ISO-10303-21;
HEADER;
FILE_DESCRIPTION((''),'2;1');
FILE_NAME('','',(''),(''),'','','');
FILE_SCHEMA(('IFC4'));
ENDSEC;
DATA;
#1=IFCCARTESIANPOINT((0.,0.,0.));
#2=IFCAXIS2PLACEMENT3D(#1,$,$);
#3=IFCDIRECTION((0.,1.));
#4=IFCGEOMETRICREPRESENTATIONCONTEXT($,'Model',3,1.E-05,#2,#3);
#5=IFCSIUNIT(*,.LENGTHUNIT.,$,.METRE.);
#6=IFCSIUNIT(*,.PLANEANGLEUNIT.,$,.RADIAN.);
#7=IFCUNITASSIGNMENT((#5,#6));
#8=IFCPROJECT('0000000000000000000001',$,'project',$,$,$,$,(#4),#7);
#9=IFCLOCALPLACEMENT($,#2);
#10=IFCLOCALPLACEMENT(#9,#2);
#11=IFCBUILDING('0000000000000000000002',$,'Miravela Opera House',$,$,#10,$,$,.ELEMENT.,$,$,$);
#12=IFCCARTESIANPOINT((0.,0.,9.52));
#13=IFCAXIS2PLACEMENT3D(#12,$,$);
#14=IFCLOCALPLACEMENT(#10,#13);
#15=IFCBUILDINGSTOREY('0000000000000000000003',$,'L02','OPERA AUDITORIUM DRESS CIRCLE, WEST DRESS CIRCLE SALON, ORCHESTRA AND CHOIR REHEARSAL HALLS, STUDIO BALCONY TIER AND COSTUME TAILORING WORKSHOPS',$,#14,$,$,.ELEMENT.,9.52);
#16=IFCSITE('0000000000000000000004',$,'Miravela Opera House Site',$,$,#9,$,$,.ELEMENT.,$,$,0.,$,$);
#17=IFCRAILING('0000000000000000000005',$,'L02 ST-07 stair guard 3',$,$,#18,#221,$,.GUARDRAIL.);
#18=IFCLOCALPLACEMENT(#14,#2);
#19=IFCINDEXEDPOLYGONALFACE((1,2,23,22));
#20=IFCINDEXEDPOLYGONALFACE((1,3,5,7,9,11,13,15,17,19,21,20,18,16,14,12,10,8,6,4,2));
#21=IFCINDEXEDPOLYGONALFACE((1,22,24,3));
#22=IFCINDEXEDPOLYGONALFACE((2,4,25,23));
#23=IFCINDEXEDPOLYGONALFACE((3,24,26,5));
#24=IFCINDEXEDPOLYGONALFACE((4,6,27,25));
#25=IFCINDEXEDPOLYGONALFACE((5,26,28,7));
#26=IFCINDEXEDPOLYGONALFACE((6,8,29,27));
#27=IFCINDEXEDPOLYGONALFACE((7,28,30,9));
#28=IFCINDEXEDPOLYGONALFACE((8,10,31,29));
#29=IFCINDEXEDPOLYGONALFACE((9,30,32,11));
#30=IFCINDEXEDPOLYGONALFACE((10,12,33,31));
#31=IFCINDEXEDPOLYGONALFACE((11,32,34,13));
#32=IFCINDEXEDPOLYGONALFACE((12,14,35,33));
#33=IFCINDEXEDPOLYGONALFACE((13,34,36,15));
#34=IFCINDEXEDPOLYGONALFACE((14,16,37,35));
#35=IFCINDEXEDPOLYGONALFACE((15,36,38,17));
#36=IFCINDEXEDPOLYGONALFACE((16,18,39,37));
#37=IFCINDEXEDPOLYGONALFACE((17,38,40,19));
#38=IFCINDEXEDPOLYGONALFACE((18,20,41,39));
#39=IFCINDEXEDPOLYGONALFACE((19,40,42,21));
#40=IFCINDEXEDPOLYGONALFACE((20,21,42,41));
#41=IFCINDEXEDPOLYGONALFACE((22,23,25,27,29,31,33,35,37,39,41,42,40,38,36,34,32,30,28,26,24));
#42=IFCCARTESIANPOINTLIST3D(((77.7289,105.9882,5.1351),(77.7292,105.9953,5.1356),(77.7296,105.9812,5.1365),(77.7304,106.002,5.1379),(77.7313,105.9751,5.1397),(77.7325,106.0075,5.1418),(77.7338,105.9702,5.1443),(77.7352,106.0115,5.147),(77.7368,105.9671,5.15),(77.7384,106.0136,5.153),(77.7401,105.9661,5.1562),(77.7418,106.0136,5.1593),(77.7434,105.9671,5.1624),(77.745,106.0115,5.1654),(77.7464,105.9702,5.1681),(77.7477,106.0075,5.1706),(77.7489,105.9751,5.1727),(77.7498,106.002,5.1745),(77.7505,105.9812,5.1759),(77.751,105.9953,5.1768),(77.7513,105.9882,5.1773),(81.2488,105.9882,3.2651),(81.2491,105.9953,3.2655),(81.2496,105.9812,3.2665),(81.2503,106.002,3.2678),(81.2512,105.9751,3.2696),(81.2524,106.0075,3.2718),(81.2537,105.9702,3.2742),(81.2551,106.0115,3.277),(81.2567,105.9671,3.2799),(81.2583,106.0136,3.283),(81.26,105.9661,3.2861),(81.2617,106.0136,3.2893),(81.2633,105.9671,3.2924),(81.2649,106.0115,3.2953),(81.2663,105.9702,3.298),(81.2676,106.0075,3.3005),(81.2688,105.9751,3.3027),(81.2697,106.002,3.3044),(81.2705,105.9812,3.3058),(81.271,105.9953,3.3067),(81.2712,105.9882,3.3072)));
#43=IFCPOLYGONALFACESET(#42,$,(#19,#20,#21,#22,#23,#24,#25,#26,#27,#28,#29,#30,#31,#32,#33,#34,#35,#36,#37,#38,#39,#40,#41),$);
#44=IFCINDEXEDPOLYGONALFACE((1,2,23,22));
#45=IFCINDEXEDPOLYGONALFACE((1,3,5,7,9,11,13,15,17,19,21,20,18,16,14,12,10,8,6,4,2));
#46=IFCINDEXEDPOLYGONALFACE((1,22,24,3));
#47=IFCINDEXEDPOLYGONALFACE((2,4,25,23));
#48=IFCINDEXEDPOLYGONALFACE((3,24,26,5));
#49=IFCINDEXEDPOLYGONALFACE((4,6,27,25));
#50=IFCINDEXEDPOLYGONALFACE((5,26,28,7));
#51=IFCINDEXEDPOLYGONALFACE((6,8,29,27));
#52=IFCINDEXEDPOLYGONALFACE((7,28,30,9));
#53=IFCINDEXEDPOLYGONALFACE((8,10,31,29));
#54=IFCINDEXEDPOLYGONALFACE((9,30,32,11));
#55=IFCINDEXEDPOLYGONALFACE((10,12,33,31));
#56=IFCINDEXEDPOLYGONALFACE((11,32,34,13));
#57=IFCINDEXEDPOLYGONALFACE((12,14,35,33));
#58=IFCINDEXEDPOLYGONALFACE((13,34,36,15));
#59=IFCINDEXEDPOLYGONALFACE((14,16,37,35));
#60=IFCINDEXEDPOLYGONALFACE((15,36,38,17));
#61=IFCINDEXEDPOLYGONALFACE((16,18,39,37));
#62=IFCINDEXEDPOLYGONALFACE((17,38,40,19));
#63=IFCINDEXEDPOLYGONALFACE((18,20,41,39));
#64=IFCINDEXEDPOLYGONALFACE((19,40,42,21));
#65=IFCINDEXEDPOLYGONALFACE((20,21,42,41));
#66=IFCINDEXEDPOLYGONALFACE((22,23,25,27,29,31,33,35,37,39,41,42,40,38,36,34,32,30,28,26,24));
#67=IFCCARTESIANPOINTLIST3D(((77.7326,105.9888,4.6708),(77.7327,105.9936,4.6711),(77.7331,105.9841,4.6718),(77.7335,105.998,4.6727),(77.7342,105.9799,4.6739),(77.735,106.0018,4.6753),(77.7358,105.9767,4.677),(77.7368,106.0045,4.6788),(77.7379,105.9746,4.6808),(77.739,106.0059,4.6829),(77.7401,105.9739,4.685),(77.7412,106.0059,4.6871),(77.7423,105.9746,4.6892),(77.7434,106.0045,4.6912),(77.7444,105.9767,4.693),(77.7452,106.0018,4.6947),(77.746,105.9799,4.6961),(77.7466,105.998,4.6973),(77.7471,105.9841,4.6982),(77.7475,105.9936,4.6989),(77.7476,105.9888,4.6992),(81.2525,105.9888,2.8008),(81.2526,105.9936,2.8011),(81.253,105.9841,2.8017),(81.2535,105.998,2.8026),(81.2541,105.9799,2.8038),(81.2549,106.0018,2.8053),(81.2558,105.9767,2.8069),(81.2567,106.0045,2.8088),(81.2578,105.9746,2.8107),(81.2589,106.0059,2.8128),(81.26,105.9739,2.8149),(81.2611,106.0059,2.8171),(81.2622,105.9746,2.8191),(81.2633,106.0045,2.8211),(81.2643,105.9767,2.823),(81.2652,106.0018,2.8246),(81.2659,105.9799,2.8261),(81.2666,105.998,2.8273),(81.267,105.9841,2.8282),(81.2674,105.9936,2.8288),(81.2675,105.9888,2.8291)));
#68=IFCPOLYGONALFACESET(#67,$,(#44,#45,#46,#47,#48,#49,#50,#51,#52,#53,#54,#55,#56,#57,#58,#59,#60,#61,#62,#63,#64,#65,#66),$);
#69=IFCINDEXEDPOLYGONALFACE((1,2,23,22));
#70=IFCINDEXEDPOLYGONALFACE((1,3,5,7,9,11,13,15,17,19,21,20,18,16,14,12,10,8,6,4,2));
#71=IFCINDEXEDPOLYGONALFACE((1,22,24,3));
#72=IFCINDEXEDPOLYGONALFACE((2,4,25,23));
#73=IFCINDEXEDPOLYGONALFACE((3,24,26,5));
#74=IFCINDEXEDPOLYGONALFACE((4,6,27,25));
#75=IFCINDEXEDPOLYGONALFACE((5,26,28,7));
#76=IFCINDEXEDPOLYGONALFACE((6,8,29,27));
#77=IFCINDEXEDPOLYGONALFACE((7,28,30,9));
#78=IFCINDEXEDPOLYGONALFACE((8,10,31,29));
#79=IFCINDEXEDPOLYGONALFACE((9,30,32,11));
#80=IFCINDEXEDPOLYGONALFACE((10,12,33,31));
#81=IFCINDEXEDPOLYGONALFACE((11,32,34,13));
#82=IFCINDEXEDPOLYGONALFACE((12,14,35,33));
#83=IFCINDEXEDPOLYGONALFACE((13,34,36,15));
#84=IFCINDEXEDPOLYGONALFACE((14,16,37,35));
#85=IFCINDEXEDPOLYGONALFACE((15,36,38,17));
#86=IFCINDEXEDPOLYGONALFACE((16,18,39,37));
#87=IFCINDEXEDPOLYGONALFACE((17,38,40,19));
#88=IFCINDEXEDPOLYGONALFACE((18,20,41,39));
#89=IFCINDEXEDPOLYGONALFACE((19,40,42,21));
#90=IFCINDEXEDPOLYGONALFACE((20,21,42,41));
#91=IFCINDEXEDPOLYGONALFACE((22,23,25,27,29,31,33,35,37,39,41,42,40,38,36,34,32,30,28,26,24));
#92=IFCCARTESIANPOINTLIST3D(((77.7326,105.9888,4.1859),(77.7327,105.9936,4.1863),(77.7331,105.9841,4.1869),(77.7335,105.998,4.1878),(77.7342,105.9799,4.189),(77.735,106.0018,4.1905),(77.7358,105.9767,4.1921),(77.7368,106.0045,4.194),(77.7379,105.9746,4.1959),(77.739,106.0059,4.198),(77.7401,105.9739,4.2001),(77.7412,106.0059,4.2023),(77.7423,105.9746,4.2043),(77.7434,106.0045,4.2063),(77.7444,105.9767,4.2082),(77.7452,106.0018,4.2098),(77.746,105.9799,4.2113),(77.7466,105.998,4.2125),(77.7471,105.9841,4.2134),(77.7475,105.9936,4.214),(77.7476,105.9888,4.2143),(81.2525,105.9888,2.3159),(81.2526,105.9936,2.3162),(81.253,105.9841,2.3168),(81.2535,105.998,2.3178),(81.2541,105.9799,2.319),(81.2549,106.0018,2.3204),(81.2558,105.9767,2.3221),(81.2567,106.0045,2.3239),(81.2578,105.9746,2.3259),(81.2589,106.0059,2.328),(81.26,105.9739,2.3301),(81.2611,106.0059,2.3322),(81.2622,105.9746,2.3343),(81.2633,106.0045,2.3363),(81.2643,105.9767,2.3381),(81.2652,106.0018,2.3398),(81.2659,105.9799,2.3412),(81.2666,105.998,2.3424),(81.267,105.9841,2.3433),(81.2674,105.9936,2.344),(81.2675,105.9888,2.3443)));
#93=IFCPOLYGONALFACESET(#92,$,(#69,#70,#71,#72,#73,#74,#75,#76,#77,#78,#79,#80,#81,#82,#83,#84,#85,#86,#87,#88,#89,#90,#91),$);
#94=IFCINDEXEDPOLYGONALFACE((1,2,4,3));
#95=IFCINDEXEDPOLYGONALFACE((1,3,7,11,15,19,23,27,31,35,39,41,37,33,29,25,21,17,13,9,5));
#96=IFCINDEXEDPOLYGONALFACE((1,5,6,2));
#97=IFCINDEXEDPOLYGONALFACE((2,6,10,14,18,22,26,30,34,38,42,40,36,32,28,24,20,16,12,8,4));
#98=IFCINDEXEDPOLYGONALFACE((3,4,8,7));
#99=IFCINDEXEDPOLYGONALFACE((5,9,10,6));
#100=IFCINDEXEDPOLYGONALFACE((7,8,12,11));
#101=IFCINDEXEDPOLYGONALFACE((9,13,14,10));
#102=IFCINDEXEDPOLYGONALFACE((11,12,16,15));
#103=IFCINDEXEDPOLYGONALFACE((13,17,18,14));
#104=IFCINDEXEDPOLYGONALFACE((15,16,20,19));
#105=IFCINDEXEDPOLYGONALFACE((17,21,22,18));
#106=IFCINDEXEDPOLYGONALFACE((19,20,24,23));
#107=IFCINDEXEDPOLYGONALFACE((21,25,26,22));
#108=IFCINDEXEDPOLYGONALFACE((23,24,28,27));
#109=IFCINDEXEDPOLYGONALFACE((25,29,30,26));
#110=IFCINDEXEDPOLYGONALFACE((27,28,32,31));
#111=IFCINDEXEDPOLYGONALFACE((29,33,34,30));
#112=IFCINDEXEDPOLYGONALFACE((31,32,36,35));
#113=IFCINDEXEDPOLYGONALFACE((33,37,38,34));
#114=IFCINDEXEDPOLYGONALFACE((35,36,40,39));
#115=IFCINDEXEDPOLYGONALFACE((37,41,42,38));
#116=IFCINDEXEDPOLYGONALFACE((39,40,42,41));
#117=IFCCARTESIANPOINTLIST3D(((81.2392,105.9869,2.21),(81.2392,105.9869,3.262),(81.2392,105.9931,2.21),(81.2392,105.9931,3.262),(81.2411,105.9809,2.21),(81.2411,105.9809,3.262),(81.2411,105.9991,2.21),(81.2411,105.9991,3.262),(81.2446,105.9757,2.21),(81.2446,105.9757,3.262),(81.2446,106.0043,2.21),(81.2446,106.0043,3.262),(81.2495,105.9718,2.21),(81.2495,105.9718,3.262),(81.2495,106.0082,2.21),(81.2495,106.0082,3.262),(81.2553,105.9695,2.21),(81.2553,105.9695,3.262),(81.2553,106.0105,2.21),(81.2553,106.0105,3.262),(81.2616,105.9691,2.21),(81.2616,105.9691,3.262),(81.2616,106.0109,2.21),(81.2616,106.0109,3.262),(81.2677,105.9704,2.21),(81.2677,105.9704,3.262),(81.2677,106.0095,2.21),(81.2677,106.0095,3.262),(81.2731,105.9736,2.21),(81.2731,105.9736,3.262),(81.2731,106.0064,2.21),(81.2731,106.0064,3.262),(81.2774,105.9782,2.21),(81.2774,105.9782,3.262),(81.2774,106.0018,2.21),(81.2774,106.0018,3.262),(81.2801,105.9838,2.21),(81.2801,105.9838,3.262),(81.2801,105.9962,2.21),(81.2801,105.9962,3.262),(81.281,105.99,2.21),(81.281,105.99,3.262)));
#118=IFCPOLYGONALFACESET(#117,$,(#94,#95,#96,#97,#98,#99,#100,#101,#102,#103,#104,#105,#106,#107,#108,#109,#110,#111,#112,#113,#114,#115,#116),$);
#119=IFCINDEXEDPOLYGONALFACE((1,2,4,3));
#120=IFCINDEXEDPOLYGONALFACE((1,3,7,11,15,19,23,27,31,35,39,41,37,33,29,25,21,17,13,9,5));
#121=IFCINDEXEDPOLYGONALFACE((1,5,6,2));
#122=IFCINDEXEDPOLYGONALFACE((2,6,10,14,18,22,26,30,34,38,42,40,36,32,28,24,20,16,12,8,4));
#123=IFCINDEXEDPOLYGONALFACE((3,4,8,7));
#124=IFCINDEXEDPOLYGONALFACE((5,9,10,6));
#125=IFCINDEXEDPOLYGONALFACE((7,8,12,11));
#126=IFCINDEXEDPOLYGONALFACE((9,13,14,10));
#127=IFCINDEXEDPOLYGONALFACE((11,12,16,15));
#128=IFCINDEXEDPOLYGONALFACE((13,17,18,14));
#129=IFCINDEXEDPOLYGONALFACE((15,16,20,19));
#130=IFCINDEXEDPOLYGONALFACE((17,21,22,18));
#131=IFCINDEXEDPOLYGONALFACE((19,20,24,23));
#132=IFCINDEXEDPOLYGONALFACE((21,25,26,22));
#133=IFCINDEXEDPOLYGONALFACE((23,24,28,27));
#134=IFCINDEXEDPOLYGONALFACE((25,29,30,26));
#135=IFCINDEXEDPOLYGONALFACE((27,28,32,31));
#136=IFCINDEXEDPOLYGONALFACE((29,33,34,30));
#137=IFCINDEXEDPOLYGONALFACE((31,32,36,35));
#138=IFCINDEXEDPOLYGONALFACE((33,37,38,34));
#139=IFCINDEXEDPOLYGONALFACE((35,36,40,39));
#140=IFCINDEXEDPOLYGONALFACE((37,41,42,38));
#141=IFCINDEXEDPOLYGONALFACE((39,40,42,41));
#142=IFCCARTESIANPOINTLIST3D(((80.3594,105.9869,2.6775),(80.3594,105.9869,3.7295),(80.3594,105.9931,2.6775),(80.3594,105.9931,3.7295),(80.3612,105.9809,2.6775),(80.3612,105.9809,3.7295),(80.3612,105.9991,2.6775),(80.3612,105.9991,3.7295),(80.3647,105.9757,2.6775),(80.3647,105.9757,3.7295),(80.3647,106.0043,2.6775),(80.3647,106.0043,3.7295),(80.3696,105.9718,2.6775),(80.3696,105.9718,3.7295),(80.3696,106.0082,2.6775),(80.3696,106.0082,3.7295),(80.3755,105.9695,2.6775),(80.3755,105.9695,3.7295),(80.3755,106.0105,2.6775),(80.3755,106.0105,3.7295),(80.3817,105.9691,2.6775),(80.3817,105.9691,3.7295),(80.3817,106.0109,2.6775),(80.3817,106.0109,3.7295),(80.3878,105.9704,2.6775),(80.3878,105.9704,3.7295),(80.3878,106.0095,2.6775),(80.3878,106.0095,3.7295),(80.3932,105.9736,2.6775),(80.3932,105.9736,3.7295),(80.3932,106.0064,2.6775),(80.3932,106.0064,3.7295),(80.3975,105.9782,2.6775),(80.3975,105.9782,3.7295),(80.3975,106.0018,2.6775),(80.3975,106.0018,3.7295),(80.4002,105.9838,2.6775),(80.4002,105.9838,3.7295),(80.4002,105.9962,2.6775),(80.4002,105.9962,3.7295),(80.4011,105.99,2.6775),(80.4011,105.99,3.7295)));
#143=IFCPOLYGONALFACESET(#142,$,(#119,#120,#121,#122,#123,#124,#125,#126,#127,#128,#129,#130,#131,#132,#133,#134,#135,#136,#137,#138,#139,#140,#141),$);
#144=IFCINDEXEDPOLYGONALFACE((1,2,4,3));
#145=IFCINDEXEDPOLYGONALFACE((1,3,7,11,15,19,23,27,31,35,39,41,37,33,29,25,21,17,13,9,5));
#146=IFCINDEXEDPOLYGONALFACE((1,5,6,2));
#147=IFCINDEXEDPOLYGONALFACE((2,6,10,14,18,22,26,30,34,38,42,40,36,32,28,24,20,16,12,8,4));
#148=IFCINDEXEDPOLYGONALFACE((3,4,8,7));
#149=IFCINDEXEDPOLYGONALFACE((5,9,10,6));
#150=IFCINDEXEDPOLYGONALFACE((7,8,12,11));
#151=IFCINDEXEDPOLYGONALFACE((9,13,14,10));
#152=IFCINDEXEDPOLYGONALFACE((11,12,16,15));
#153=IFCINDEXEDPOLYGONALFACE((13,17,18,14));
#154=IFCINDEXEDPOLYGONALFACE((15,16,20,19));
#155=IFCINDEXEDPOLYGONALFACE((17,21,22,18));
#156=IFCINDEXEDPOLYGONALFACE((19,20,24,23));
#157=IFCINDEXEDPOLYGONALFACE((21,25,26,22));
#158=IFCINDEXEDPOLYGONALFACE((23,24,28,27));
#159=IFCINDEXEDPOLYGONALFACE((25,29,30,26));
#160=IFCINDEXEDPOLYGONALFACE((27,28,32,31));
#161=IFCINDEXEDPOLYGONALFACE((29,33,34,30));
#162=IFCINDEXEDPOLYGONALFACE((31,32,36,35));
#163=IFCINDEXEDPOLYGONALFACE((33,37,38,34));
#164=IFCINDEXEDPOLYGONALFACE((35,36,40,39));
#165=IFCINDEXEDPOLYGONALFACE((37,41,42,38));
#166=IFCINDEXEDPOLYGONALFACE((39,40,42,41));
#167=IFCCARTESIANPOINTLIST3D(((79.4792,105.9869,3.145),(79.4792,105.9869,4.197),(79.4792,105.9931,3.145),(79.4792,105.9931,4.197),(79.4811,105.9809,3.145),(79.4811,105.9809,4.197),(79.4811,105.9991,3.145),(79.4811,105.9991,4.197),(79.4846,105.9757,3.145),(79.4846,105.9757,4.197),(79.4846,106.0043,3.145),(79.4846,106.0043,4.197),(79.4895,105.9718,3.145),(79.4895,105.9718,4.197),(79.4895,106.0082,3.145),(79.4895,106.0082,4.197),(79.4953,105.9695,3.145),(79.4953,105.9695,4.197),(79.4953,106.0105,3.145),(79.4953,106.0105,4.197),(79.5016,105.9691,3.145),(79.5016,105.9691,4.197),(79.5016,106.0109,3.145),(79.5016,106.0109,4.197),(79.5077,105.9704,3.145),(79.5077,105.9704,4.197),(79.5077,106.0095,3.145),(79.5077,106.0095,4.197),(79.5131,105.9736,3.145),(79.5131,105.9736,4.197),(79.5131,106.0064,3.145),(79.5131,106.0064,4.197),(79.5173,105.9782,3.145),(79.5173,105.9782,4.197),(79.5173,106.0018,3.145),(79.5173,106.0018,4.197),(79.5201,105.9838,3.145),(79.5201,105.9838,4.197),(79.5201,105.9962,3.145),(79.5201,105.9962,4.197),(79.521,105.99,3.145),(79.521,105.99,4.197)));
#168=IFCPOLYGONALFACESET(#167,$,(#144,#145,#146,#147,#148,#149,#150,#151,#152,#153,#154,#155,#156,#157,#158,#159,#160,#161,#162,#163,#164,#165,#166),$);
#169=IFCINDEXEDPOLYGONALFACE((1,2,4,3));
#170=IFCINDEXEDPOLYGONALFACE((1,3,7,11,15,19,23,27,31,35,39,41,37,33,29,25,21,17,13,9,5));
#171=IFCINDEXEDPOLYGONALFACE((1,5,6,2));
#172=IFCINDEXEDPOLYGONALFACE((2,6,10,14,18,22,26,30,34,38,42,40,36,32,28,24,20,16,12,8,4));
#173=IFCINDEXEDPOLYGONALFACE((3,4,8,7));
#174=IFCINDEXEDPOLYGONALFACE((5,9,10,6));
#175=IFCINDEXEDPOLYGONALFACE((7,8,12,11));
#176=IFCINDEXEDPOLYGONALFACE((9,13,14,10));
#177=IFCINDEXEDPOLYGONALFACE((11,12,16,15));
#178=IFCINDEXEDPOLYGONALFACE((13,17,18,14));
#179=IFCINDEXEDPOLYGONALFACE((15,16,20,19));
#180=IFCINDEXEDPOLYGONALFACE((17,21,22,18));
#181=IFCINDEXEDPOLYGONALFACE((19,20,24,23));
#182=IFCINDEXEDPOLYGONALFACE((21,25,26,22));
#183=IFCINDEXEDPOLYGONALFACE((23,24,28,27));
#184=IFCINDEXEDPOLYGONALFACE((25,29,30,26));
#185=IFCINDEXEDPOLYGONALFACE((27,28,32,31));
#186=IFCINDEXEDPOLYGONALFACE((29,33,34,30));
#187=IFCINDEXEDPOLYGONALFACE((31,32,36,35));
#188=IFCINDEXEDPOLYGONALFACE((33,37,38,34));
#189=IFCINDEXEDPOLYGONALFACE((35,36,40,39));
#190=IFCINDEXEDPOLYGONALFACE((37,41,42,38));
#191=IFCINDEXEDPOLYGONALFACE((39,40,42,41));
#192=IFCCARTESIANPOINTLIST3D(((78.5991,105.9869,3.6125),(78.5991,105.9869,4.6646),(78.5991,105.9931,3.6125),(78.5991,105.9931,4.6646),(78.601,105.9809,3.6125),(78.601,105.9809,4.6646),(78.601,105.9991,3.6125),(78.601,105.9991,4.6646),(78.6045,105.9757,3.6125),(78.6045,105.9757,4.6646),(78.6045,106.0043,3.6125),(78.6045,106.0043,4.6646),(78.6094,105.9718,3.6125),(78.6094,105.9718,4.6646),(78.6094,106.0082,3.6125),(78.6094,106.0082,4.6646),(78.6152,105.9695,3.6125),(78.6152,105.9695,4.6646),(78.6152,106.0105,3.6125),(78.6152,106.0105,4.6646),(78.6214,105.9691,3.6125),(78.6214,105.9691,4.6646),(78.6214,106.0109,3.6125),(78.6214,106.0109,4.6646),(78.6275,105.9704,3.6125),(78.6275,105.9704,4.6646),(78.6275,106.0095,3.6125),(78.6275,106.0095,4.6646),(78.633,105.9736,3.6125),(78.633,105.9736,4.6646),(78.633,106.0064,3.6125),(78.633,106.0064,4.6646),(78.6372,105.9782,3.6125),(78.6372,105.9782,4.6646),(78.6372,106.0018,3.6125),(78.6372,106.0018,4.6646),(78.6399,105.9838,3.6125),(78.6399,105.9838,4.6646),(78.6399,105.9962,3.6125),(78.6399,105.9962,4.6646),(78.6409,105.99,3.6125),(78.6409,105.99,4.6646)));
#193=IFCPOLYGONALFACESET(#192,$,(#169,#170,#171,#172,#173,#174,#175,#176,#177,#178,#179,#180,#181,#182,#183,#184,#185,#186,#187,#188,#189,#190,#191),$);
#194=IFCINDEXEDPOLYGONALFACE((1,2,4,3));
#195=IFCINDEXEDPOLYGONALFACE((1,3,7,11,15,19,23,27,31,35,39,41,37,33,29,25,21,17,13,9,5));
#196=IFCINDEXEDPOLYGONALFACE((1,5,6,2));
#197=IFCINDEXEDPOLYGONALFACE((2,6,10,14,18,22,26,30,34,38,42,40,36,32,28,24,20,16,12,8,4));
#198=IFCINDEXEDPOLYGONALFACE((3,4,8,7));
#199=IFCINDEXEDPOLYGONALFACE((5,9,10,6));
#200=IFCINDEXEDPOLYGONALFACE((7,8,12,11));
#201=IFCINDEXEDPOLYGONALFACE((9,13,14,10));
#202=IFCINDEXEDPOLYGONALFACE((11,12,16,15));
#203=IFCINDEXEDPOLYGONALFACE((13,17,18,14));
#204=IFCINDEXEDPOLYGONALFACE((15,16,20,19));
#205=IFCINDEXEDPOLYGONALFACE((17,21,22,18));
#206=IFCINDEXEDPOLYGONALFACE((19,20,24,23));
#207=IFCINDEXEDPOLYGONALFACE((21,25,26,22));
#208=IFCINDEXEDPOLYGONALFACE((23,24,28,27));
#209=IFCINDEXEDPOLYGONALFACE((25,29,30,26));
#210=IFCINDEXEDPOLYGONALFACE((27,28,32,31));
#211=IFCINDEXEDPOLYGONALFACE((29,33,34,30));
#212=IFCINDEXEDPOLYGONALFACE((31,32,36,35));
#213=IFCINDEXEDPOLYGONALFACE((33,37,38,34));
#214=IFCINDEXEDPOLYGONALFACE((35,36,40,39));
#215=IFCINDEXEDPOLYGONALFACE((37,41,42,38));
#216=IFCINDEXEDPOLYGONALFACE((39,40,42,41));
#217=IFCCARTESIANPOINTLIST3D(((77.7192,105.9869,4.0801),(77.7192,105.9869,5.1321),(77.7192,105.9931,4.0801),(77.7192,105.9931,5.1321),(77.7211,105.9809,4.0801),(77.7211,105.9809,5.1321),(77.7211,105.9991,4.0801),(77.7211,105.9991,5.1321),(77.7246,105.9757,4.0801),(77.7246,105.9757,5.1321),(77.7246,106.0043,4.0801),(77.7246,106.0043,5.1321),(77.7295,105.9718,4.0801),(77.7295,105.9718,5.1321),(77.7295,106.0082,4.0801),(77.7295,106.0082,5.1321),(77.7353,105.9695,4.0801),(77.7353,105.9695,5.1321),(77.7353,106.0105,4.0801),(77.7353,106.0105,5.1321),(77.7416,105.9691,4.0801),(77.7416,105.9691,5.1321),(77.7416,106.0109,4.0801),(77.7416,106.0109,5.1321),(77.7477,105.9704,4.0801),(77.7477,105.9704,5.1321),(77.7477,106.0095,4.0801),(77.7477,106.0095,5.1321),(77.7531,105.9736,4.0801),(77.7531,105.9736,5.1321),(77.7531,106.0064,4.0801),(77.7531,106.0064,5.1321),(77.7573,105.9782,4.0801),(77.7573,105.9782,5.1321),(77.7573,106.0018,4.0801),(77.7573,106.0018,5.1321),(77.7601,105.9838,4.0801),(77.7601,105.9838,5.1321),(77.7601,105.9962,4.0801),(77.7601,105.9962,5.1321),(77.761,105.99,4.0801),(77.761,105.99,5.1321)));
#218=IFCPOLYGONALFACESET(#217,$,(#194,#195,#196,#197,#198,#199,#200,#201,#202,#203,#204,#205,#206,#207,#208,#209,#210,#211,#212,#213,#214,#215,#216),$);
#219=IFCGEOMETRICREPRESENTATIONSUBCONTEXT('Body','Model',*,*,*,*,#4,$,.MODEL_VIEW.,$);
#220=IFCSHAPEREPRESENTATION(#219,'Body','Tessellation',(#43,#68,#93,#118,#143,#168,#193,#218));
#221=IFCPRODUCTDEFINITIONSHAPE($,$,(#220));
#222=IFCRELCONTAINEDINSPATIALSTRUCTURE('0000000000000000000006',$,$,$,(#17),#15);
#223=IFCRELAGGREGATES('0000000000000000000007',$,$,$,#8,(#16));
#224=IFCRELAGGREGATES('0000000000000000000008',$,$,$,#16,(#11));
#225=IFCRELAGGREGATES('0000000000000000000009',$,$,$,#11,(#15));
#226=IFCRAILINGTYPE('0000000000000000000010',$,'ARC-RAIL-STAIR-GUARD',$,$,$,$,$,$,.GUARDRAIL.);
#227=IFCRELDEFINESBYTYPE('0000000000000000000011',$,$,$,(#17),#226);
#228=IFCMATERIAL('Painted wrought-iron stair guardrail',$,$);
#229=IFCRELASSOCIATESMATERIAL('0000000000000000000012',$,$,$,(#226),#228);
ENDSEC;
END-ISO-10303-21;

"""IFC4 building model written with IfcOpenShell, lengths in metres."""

from ifc_helpers import new_model, si_unit, direction, frame, origin, origin_2d, place, context, subcontext, project, spatial, circle, extrude, material, type_object, element, save


model = new_model("IFC4")

# Units and contexts
model_context = context("Model", 3, precision=1e-05, world=origin(), true_north=direction((0.0, 1.0)))
body_context = subcontext(model_context, "Body", "Model", "MODEL_VIEW")
ifc_project = project(units=[si_unit("LENGTHUNIT", "METRE"), si_unit("PLANEANGLEUNIT", "RADIAN")], contexts=[model_context])

# Site, building, storey
site_placement = place(None, origin())
site = spatial("IfcSite", under=ifc_project, at=site_placement, Name="Miravela Opera House Site", CompositionType="ELEMENT", RefElevation=0.0)
building_placement = place(site_placement, origin())
building = spatial("IfcBuilding", under=site, at=building_placement, Name="Miravela Opera House", CompositionType="ELEMENT")
storey_placement = place(building_placement, frame((0.0, 0.0, 9.52)))
storey = spatial("IfcBuildingStorey", under=building, at=storey_placement, Name="L02", Description="OPERA AUDITORIUM DRESS CIRCLE, WEST DRESS CIRCLE SALON, ORCHESTRA AND CHOIR REHEARSAL HALLS, STUDIO BALCONY TIER AND COSTUME TAILORING WORKSHOPS", CompositionType="ELEMENT", Elevation=9.52)

# Railing
ifc_material_1 = material(Name="Painted wrought-iron stair guardrail")
railing_type_1 = type_object("IfcRailingType", Name="ARC-RAIL-STAIR-GUARD", PredefinedType="GUARDRAIL", material=ifc_material_1)
railing_1_placement = place(storey_placement, frame((81.26, 105.99, 2.21)))
element("IfcRailing", 1, at=railing_1_placement, inside=storey, type_object=railing_type_1, Name="L02 ST-07 stair guard 3", PredefinedType="GUARDRAIL", context=body_context, shape_type="SweptSolid", body=[
    extrude(circle(Radius=0.0239, at=origin_2d()), frame((0.0, 0.0, 1.0762), z_axis=(-0.883105, 0.0, 0.469176), x_axis=(0.0, -1.0, 0.0)), (0.0, 0.0, 1.0), 3.9858),
    extrude(circle(Radius=0.0161, at=origin_2d()), frame((0.0, 0.0, 0.605), z_axis=(-0.883105, 0.0, 0.469176), x_axis=(0.0, -1.0, 0.0)), (0.0, 0.0, 1.0), 3.9858),
    extrude(circle(Radius=0.0161, at=origin_2d()), frame((0.0, 0.0, 0.1201), z_axis=(-0.883105, 0.0, 0.469176), x_axis=(0.0, -1.0, 0.0)), (0.0, 0.0, 1.0), 3.9858),
    extrude(circle(Radius=0.021, at=origin_2d()), origin(), (0.0, 0.0, 1.0), 1.052),
    extrude(circle(Radius=0.021, at=origin_2d()), frame((-0.8799, 0.0, 0.4675)), (0.0, 0.0, 1.0), 1.052),
    extrude(circle(Radius=0.021, at=origin_2d()), frame((-1.76, 0.0, 0.9351)), (0.0, 0.0, 1.0), 1.052),
    extrude(circle(Radius=0.021, at=origin_2d()), frame((-2.6401, 0.0, 1.4026)), (0.0, 0.0, 1.0), 1.052),
    extrude(circle(Radius=0.021, at=origin_2d()), frame((-3.52, 0.0, 1.8701)), (0.0, 0.0, 1.0), 1.052),
])

save(model, "model.ifc")
